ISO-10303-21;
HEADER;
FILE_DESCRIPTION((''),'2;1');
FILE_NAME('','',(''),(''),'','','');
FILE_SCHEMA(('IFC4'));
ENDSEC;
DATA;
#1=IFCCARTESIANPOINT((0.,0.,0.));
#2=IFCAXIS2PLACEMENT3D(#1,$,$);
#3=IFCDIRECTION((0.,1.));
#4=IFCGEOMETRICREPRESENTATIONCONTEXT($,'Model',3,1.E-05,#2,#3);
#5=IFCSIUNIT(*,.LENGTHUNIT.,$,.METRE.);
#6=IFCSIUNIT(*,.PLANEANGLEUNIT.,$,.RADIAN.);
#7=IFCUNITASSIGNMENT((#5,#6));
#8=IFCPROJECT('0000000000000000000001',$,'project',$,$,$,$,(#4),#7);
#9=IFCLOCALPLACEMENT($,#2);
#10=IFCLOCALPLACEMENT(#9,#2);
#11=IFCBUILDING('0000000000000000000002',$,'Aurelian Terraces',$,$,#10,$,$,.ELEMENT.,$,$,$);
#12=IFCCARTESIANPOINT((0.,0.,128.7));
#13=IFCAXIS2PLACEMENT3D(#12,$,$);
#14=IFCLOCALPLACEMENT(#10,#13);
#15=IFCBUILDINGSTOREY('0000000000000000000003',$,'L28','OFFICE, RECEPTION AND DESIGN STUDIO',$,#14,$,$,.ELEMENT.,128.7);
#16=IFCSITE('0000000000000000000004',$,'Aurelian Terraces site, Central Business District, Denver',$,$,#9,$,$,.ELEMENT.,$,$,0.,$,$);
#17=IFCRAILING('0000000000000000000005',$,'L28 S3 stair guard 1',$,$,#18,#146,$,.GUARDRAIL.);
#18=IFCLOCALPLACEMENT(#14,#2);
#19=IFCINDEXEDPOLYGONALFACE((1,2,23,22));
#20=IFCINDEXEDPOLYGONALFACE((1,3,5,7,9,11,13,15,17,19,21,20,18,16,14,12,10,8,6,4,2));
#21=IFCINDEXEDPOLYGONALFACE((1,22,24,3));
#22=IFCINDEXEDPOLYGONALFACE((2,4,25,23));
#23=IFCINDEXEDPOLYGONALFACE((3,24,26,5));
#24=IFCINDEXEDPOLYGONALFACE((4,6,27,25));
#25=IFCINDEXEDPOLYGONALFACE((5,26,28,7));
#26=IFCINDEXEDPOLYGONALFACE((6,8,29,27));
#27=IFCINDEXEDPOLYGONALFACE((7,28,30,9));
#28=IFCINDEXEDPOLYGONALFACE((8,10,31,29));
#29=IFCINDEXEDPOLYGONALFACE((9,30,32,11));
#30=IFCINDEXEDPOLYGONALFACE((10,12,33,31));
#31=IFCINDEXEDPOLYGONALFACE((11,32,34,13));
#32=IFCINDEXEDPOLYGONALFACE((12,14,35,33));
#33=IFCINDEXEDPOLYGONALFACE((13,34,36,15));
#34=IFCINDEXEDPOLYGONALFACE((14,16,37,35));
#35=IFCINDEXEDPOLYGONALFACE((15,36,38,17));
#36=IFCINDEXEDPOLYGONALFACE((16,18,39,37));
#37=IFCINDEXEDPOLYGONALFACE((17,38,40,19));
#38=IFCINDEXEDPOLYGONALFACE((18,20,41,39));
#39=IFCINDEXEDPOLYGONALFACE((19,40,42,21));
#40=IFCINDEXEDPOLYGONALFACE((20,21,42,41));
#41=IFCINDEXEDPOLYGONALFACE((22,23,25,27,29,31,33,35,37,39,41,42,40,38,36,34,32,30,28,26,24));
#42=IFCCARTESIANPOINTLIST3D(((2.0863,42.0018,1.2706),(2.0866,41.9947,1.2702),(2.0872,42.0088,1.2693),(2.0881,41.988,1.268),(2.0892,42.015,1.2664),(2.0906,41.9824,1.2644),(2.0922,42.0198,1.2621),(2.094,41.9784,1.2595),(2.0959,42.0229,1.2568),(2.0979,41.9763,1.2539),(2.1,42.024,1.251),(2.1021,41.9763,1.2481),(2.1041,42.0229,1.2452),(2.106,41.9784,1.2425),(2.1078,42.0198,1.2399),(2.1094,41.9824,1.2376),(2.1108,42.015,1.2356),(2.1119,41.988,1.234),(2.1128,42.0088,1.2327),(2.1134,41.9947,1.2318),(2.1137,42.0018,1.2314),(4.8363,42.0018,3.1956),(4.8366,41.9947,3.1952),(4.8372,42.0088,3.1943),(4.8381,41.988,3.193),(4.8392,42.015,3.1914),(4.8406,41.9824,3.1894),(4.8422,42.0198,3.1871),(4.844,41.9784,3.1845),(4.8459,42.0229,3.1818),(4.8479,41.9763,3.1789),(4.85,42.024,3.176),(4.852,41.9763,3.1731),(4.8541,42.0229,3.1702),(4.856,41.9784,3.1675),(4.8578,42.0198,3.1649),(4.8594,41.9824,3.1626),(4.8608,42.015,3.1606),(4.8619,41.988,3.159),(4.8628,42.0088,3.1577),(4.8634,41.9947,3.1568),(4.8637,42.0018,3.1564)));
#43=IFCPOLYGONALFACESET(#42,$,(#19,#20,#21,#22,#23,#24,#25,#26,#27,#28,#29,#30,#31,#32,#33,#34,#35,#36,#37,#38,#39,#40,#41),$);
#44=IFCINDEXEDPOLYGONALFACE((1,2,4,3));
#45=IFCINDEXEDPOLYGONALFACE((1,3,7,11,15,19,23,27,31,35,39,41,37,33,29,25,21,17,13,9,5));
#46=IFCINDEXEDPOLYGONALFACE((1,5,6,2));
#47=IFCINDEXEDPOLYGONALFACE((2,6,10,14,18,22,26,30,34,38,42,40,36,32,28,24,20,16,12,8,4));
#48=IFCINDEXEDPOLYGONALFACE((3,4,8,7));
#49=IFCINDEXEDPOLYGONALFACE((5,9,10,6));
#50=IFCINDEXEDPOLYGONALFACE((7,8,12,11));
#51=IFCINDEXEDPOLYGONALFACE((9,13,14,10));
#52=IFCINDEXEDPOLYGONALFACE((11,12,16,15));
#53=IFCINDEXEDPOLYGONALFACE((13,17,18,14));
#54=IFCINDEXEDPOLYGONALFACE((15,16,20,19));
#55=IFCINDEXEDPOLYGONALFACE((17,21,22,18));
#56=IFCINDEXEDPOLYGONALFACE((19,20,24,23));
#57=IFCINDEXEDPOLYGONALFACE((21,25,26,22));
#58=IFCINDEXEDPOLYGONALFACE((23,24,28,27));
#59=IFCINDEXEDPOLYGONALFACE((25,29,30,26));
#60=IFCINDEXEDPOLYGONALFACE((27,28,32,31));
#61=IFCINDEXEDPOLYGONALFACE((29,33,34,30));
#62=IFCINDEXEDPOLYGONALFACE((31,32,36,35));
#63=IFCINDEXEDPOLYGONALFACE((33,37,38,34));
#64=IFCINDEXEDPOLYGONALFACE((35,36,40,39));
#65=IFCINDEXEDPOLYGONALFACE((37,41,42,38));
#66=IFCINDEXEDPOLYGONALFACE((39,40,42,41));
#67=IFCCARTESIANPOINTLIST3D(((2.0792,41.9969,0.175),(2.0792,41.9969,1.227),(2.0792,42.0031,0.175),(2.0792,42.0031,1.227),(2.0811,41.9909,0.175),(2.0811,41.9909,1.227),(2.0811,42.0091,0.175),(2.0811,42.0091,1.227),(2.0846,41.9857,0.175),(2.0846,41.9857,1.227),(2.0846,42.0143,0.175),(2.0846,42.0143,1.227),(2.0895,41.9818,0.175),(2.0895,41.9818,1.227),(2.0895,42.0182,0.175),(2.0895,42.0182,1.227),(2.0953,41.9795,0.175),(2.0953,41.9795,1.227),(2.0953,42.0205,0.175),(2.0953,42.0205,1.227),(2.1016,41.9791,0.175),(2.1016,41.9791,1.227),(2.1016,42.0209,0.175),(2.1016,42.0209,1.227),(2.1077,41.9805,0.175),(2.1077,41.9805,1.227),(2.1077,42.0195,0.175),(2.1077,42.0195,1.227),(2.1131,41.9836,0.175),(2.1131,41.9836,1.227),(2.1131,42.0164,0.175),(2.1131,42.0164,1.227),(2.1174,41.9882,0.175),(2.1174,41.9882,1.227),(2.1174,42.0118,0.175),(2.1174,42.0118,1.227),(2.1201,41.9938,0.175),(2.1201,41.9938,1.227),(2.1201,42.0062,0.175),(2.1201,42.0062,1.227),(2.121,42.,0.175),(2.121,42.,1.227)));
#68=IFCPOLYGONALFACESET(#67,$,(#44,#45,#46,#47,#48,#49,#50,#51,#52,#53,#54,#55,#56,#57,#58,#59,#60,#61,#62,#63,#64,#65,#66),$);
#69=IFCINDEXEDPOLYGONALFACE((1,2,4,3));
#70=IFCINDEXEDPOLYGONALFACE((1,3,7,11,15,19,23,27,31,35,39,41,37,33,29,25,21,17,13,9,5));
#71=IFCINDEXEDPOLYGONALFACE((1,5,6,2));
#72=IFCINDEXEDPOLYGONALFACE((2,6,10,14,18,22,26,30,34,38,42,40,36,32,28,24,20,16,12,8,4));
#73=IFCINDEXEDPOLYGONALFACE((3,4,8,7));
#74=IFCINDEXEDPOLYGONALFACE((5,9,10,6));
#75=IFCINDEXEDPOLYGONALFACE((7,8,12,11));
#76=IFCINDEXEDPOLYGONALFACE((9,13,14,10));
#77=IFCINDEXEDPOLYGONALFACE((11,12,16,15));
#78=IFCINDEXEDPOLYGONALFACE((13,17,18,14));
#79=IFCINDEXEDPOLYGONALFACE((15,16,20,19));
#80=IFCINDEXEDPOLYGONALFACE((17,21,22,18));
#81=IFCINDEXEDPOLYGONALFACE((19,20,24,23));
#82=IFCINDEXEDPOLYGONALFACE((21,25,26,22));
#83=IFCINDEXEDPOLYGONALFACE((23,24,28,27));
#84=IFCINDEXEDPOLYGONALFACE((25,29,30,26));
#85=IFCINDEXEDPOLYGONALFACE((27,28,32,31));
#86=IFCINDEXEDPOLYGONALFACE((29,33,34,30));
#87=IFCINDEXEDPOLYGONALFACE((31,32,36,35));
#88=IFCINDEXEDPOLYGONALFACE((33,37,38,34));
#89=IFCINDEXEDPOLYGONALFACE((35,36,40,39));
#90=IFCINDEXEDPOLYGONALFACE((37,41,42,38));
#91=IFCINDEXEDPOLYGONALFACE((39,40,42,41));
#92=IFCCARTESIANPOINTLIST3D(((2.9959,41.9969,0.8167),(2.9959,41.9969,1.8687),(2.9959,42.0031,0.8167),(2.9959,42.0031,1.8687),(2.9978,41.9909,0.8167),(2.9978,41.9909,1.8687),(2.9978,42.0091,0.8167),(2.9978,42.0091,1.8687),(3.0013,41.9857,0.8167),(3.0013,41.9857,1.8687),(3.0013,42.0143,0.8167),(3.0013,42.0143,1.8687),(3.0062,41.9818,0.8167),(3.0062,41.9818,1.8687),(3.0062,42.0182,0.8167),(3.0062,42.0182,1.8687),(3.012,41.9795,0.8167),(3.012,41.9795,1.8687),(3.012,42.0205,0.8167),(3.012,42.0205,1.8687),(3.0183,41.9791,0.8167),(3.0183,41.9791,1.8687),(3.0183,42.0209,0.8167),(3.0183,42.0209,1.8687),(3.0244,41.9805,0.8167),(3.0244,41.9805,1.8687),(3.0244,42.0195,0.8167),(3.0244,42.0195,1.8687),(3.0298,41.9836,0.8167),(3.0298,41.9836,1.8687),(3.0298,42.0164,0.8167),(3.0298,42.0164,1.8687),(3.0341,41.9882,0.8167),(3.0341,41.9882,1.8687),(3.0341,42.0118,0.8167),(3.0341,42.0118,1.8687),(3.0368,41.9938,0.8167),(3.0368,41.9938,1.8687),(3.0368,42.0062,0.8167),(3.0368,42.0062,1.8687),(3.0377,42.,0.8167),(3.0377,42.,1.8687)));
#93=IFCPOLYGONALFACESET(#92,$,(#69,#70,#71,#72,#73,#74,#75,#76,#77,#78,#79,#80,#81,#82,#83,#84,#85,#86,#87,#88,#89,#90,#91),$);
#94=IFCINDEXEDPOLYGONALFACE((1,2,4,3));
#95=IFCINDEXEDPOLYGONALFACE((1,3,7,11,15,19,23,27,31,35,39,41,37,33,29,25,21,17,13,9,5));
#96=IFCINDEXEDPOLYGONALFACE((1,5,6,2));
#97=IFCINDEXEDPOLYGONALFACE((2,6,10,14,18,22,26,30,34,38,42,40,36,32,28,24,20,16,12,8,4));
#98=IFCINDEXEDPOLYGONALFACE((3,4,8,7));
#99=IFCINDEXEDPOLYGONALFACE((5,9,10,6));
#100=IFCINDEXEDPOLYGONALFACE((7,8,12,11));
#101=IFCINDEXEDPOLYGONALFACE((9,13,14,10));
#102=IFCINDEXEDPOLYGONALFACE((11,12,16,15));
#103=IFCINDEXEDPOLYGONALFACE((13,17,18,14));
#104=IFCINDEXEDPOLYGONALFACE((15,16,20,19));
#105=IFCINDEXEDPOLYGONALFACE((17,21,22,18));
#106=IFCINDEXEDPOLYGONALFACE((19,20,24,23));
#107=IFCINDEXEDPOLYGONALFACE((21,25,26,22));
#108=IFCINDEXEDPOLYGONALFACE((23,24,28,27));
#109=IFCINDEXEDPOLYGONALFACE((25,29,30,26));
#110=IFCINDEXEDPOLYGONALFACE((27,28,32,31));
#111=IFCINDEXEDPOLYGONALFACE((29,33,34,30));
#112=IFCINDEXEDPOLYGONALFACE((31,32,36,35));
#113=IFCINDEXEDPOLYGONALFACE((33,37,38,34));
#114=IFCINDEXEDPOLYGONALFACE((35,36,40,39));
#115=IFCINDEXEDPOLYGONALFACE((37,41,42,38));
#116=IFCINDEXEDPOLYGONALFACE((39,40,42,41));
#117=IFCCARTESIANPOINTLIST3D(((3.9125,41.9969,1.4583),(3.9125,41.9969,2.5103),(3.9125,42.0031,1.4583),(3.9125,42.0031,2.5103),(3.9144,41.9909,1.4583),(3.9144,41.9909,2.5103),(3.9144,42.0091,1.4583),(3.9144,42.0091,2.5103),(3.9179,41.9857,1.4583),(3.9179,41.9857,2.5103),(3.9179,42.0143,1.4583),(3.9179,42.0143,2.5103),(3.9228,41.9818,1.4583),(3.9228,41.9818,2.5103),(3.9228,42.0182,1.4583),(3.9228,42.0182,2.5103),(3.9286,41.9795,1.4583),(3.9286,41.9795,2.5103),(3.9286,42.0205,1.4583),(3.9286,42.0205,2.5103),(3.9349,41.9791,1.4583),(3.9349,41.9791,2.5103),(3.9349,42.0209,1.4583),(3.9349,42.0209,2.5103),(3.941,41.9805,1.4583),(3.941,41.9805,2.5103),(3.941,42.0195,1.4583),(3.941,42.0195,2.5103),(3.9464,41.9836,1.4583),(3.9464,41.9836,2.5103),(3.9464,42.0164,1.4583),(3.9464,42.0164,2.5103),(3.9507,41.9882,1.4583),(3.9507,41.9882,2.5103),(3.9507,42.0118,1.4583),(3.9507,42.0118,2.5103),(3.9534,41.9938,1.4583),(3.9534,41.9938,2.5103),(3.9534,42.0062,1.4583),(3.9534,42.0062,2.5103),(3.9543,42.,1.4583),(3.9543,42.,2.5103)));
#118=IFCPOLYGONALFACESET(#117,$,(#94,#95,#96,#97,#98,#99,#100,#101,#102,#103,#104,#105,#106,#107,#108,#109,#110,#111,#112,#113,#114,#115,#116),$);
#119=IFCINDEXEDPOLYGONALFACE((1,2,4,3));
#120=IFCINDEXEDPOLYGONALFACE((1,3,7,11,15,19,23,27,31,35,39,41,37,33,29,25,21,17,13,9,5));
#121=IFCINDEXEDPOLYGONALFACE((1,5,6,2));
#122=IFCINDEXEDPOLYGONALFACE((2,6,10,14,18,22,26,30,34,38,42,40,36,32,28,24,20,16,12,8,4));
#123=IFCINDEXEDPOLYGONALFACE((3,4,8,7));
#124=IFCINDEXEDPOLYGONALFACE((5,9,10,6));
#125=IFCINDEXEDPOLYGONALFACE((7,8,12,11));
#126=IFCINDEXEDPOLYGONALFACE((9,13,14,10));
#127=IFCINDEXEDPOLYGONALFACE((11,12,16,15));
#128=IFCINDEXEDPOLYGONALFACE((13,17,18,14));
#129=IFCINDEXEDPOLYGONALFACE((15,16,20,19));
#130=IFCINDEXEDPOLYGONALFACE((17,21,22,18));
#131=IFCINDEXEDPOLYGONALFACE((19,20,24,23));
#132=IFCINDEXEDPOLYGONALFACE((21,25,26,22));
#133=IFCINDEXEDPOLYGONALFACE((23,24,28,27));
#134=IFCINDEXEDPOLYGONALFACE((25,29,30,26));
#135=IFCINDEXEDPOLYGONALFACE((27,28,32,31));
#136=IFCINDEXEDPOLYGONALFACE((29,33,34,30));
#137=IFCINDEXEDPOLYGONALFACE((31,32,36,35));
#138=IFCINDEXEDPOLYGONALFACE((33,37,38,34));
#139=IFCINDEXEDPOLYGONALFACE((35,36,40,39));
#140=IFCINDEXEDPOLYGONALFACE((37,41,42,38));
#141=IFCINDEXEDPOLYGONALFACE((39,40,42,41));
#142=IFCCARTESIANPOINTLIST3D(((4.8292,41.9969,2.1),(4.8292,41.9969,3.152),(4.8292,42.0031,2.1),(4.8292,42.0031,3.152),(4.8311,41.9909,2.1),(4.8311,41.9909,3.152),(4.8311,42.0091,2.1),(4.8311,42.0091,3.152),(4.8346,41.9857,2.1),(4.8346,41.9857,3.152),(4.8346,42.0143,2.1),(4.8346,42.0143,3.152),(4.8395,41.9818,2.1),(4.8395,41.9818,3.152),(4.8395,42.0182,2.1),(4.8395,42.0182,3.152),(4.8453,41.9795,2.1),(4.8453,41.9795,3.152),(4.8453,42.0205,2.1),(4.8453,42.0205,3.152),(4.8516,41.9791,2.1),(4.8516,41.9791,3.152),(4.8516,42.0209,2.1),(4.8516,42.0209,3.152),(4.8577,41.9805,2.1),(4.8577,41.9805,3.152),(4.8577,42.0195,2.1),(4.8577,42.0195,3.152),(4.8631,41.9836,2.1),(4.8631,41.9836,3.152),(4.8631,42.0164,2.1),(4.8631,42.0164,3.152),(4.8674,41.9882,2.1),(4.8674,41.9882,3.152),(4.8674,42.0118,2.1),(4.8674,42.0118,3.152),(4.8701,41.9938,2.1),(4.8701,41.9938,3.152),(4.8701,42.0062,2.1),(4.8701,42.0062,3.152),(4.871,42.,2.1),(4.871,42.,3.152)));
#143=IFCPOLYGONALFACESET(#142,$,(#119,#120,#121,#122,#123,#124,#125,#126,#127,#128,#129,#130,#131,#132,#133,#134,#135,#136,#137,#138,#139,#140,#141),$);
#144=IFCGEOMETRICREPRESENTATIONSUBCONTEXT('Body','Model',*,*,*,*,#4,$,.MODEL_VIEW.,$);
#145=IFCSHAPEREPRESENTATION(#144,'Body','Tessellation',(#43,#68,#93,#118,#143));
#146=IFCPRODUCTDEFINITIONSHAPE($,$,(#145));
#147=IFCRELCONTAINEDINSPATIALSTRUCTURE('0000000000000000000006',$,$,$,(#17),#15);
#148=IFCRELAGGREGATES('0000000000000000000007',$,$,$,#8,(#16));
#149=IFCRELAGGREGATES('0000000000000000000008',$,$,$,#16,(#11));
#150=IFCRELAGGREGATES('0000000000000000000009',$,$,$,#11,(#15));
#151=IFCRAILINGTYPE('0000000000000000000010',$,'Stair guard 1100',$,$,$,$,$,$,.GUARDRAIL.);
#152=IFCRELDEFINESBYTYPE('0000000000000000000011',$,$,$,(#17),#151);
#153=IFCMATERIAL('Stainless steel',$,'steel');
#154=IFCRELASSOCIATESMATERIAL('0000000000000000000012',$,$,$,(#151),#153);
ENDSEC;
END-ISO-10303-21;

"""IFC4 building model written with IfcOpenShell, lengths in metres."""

from ifc_helpers import new_model, si_unit, direction, frame, origin, origin_2d, place, context, subcontext, project, spatial, circle, extrude, source, transform, mapped, material, type_object, element, save


model = new_model("IFC4")

# Units and contexts
model_context = context("Model", 3, precision=1e-05, world=origin(), true_north=direction((0.0, 1.0)))
body_context = subcontext(model_context, "Body", "Model", "MODEL_VIEW")
ifc_project = project(units=[si_unit("LENGTHUNIT", "METRE"), si_unit("PLANEANGLEUNIT", "RADIAN")], contexts=[model_context])

# Site, building, storey
site_placement = place(None, origin())
site = spatial("IfcSite", under=ifc_project, at=site_placement, Name="Aurelian Terraces site, Central Business District, Denver", CompositionType="ELEMENT", RefElevation=0.0)
building_placement = place(site_placement, origin())
building = spatial("IfcBuilding", under=site, at=building_placement, Name="Aurelian Terraces", CompositionType="ELEMENT")
storey_placement = place(building_placement, frame((0.0, 0.0, 128.7)))
storey = spatial("IfcBuildingStorey", under=building, at=storey_placement, Name="L28", Description="OFFICE, RECEPTION AND DESIGN STUDIO", CompositionType="ELEMENT", Elevation=128.7)

# Railing
ifc_material_1 = material(Name="Stainless steel", Category="steel")
railing_type_1 = type_object("IfcRailingType", Name="Stair guard 1100", PredefinedType="GUARDRAIL", material=ifc_material_1)
shared_shape_1 = source(origin(), body_context, "Body", "SweptSolid", [
    extrude(circle(Radius=0.024, at=origin_2d()), frame((0.0, 0.0, 1.076), z_axis=(0.819232, 0.0, 0.573462), x_axis=(0.0, 1.0, 0.0)), (0.0, 0.0, 1.0), 3.3568),
    extrude(circle(Radius=0.021, at=origin_2d()), origin(), (0.0, 0.0, 1.0), 1.052),
    extrude(circle(Radius=0.021, at=origin_2d()), frame((0.9167, 0.0, 0.6417)), (0.0, 0.0, 1.0), 1.052),
    extrude(circle(Radius=0.021, at=origin_2d()), frame((1.8333, 0.0, 1.2833)), (0.0, 0.0, 1.0), 1.052),
    extrude(circle(Radius=0.021, at=origin_2d()), frame((2.75, 0.0, 1.925)), (0.0, 0.0, 1.0), 1.052),
])
railing_1_placement = place(storey_placement, frame((2.1, 42.0, 0.175)))
element("IfcRailing", 1, at=railing_1_placement, inside=storey, type_object=railing_type_1, Name="L28 S3 stair guard 1", PredefinedType="GUARDRAIL", context=body_context, shape_type="MappedRepresentation", body=[
    mapped(shared_shape_1, transform((0.0, 0.0, 0.0), scale=1.0)),
])

save(model, "model.ifc")
